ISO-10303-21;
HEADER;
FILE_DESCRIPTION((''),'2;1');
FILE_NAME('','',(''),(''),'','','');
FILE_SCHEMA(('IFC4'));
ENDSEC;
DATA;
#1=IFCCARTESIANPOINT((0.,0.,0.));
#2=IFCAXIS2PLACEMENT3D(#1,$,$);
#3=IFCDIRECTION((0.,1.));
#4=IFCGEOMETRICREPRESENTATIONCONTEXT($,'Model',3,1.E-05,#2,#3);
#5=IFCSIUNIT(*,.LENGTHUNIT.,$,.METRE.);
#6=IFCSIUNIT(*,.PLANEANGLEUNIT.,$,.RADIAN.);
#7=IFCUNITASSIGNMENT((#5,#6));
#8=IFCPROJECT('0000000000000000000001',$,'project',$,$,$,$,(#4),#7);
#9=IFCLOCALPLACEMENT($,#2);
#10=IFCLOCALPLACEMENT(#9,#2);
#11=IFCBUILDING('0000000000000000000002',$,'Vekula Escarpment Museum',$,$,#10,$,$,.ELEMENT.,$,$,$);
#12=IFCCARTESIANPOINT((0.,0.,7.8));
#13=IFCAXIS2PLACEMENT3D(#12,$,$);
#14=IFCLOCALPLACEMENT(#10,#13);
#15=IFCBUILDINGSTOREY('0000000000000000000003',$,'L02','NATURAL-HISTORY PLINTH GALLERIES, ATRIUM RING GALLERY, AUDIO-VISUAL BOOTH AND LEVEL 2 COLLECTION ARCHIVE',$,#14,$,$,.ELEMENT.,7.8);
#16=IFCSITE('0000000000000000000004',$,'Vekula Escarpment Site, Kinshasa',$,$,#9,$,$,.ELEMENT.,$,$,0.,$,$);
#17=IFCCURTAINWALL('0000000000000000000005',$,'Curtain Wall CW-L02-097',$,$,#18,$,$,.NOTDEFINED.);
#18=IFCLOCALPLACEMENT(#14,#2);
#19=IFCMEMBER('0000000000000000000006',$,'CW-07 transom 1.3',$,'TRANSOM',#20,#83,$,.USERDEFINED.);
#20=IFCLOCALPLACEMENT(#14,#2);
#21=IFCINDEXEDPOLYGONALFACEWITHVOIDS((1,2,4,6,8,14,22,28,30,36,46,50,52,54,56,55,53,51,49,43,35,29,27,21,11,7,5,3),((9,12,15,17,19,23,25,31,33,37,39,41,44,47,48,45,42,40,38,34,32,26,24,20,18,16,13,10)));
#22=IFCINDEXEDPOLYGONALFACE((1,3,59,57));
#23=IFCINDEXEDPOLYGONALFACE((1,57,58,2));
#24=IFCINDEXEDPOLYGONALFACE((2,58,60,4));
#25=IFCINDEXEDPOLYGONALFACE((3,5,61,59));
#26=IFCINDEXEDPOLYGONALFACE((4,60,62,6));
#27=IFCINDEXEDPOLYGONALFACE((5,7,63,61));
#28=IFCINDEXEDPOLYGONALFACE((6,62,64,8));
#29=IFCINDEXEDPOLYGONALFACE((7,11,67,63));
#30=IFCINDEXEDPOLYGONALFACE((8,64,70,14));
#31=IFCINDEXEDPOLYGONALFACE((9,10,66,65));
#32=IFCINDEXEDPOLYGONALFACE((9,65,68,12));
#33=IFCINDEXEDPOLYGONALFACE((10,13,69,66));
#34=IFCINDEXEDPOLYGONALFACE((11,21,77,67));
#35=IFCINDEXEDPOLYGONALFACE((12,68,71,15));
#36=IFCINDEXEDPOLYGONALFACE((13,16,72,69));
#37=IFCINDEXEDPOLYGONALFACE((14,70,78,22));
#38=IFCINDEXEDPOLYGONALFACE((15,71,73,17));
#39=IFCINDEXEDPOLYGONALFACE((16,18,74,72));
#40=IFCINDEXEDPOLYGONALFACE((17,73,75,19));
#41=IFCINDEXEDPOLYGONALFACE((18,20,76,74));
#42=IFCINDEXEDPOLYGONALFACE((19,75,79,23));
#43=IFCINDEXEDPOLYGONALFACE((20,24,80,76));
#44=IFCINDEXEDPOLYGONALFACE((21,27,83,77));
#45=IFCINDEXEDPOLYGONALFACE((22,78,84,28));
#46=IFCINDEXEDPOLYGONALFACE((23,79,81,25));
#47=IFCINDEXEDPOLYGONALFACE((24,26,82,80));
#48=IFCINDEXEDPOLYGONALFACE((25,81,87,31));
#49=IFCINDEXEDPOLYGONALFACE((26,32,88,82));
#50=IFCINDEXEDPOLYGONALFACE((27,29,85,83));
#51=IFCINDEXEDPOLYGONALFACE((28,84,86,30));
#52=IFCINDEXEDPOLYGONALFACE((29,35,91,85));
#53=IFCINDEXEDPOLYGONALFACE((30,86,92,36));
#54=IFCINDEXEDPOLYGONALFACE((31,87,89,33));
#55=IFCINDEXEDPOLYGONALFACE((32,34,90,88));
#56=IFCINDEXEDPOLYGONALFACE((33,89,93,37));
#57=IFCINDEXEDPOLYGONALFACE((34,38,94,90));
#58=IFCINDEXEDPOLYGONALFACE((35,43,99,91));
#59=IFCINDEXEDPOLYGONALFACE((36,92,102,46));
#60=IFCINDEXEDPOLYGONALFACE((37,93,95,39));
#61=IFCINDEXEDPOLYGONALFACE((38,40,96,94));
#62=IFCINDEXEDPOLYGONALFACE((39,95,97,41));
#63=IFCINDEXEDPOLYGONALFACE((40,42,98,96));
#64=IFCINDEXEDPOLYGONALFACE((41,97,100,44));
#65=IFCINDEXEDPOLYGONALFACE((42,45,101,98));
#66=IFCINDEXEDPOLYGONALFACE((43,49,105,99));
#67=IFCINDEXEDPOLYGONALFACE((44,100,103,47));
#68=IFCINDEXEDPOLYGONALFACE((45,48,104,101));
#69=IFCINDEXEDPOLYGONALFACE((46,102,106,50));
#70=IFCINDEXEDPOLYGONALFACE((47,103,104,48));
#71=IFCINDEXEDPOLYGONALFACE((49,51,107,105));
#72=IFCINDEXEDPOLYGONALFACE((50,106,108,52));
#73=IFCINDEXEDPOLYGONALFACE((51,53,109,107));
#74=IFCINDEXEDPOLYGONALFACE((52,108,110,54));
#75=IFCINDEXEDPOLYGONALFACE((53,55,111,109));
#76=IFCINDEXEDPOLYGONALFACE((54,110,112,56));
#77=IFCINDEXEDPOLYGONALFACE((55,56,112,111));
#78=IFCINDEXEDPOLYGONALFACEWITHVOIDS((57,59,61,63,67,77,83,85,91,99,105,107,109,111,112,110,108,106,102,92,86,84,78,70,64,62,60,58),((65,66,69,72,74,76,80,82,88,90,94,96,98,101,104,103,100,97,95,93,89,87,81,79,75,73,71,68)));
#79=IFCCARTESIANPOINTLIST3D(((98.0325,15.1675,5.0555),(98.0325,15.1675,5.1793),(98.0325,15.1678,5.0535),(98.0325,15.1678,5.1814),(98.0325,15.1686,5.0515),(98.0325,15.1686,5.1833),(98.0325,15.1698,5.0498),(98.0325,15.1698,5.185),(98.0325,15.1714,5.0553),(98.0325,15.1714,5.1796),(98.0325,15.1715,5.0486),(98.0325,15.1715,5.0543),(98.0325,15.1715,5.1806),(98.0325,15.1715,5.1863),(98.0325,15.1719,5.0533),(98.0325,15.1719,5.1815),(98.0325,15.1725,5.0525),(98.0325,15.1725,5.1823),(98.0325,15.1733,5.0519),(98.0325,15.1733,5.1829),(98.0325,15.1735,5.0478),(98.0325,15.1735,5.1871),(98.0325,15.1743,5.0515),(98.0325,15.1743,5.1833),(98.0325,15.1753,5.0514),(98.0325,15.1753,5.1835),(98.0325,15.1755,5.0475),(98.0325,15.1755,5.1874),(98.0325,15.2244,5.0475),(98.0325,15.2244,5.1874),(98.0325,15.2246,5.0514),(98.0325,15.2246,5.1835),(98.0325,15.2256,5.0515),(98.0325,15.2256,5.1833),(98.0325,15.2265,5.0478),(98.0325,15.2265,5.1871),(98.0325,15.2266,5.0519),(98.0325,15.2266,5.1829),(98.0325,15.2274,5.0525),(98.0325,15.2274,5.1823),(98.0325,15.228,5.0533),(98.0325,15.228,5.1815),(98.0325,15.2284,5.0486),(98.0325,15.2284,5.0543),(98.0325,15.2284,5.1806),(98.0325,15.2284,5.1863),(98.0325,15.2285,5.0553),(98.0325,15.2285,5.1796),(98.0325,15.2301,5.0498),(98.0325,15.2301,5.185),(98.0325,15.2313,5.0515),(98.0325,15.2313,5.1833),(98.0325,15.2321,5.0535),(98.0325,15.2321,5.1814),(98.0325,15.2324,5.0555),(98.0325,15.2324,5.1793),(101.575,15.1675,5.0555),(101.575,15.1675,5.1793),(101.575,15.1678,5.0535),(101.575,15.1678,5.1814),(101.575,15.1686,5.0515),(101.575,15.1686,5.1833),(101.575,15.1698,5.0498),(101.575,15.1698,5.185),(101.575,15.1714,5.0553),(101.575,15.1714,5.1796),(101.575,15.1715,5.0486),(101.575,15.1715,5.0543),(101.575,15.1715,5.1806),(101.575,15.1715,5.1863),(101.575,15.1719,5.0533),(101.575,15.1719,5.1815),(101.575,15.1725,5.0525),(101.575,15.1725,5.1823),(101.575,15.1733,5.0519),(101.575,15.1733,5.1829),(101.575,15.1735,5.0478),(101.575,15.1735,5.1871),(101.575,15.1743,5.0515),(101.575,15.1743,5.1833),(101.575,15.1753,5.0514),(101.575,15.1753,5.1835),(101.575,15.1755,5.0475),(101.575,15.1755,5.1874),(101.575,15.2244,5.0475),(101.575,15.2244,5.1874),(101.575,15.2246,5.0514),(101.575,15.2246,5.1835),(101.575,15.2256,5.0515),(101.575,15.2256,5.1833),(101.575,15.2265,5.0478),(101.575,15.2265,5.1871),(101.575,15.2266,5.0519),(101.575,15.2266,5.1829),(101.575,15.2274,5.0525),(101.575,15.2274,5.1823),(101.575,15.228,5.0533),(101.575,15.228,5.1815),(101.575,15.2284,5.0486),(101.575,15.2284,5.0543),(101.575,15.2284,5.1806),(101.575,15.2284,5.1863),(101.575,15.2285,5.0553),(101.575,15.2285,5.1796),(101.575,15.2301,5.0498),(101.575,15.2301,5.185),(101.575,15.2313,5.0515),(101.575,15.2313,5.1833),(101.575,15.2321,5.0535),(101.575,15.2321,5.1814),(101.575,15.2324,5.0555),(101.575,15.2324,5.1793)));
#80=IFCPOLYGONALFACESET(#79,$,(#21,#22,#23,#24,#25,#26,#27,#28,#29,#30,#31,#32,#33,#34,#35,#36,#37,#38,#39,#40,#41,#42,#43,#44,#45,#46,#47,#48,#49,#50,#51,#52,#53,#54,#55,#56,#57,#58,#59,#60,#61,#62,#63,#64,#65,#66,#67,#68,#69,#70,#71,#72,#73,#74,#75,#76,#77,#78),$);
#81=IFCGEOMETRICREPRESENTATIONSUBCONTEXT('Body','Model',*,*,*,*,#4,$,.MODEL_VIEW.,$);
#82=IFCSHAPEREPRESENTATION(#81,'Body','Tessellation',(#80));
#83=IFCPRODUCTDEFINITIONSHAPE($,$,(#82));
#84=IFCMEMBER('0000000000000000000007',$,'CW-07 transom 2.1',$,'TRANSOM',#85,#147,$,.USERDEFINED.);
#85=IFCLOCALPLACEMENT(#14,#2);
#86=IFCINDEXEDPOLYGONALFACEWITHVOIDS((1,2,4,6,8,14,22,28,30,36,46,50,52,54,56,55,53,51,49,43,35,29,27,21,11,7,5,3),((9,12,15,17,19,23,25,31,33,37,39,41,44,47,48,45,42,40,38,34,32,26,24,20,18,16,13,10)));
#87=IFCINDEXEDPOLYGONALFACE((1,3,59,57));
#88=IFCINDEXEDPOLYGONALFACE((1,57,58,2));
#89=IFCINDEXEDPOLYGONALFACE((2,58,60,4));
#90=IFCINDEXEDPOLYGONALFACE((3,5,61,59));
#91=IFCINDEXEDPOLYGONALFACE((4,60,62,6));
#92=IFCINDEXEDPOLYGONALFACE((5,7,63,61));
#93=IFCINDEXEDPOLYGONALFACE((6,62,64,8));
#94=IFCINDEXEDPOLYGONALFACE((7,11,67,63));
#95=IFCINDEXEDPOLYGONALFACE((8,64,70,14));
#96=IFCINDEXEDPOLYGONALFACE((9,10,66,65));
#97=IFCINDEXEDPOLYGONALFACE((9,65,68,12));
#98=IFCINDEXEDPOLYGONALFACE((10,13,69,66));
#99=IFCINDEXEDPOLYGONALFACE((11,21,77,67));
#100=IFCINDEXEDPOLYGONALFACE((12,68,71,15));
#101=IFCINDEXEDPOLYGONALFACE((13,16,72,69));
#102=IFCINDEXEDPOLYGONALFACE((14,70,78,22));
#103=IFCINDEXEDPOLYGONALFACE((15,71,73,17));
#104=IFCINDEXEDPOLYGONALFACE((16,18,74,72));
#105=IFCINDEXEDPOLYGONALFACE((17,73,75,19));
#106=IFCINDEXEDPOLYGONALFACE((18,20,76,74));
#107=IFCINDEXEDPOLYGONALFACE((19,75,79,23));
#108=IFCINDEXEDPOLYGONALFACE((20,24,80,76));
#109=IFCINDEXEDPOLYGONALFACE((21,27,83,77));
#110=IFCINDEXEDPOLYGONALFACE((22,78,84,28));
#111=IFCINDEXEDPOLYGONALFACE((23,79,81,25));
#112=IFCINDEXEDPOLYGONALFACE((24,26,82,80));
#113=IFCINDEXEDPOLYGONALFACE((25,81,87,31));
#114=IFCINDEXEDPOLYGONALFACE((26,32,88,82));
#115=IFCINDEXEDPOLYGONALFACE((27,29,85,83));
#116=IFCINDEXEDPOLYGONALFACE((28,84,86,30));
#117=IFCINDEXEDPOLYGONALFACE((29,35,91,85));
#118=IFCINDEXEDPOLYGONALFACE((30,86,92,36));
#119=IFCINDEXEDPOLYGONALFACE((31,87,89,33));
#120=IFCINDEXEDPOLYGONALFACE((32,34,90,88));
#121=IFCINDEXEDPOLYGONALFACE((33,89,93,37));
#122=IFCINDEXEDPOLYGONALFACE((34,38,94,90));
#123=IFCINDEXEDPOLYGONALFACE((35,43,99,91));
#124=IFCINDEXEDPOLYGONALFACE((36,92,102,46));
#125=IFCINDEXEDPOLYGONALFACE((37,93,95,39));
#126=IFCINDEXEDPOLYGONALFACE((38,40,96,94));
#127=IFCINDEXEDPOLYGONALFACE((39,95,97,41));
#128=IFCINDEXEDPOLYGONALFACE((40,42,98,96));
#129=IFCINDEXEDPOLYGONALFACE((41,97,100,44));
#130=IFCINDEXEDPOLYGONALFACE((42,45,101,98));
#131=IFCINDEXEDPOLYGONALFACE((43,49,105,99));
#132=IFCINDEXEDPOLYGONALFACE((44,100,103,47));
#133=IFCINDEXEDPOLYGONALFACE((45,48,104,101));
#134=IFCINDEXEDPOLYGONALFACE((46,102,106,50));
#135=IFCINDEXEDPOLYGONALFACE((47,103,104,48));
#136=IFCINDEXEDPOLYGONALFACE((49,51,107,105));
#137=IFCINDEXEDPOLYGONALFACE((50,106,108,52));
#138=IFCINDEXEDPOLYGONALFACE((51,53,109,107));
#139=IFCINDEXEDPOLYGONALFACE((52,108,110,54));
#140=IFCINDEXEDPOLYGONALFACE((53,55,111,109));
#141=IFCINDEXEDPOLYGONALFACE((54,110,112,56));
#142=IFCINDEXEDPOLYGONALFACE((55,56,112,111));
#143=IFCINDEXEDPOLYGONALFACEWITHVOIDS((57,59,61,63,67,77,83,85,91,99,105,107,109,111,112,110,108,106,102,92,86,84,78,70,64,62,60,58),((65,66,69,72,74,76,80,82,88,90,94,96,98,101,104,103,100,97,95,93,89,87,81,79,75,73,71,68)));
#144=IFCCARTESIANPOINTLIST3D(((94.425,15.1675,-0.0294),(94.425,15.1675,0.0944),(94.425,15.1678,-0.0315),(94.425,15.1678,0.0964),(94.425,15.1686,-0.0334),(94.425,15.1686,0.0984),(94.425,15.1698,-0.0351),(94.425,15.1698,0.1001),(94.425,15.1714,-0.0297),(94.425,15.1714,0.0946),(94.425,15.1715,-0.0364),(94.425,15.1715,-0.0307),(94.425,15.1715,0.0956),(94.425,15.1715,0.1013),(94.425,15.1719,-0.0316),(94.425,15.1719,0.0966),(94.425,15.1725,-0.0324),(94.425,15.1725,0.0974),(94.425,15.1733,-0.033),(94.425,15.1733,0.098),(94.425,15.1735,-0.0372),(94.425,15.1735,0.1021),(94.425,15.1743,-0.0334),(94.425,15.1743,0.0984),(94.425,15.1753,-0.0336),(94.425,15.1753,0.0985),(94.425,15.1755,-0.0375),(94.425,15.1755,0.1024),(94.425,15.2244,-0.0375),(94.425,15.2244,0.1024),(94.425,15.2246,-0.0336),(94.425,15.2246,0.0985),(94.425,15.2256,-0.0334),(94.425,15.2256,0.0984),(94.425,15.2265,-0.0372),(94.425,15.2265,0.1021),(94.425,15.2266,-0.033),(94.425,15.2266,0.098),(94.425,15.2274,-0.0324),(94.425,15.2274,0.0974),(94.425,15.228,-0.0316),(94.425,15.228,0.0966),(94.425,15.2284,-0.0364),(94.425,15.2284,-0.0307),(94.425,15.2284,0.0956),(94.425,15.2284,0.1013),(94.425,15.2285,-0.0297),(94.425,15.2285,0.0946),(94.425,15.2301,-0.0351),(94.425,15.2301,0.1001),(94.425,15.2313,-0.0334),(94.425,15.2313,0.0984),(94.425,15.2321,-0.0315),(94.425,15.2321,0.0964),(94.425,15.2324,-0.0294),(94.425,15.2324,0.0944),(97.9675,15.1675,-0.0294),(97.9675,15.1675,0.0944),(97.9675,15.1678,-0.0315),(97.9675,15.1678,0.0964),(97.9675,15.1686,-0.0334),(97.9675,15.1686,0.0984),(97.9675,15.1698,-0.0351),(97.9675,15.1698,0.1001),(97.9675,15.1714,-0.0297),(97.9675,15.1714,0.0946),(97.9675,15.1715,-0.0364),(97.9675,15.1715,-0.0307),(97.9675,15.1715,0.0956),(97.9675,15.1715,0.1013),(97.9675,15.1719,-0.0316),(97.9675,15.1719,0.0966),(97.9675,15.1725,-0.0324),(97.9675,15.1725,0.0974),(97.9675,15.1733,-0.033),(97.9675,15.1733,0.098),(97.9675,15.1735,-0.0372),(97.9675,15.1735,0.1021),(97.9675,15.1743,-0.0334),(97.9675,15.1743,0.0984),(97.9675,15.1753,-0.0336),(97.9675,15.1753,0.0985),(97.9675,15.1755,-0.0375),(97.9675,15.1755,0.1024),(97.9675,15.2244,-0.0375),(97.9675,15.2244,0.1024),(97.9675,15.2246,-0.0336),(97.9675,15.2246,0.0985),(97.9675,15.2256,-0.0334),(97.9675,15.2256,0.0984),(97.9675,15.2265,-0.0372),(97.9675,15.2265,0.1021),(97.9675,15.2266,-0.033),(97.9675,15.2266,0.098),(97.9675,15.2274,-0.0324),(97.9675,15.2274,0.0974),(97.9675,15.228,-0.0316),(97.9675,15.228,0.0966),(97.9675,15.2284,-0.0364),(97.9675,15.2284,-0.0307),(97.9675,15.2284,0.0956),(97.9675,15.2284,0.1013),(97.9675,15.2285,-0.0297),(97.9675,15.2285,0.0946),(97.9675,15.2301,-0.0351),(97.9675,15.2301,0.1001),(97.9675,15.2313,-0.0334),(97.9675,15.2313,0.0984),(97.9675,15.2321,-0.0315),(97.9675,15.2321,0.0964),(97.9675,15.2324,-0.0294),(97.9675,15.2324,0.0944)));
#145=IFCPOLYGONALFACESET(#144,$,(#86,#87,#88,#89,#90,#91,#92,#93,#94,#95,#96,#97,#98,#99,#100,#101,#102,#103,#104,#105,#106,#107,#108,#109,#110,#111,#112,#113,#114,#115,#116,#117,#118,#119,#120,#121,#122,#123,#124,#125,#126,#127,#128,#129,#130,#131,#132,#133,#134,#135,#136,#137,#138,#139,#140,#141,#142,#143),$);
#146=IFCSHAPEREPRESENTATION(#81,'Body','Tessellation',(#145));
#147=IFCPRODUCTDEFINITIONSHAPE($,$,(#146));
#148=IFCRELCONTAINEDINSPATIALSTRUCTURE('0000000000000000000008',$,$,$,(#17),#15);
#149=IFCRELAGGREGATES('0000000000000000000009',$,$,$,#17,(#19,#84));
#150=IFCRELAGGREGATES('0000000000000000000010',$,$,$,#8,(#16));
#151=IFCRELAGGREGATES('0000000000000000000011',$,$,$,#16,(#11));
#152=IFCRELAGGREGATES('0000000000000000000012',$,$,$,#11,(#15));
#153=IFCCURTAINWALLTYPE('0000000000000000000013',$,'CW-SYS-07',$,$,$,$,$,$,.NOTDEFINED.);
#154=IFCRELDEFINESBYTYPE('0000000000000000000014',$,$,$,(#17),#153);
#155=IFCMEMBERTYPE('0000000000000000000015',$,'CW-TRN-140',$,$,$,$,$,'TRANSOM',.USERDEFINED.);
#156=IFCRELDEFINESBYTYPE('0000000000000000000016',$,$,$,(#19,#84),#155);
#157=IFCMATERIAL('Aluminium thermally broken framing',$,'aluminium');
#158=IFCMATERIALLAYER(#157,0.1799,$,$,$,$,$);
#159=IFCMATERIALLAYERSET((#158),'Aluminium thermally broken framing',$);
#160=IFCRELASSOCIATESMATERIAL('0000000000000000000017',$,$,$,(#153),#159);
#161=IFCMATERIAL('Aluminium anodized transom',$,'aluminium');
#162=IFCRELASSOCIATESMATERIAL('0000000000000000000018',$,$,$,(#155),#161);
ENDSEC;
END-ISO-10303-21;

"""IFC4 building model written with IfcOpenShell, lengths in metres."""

from ifc_helpers import new_model, si_unit, direction, frame, origin, origin_2d, place, context, subcontext, project, spatial, hollow_rectangle, extrude, material, layer, layer_set, material_profile, profile_set, type_object, element, aggregate, save


model = new_model("IFC4")

# Units and contexts
model_context = context("Model", 3, precision=1e-05, world=origin(), true_north=direction((0.0, 1.0)))
body_context = subcontext(model_context, "Body", "Model", "MODEL_VIEW")
ifc_project = project(units=[si_unit("LENGTHUNIT", "METRE"), si_unit("PLANEANGLEUNIT", "RADIAN")], contexts=[model_context])

# Site, building, storey
site_placement = place(None, origin())
site = spatial("IfcSite", under=ifc_project, at=site_placement, Name="Vekula Escarpment Site, Kinshasa", CompositionType="ELEMENT", RefElevation=0.0)
building_placement = place(site_placement, origin())
building = spatial("IfcBuilding", under=site, at=building_placement, Name="Vekula Escarpment Museum", CompositionType="ELEMENT")
storey_placement = place(building_placement, frame((0.0, 0.0, 7.8)))
storey = spatial("IfcBuildingStorey", under=building, at=storey_placement, Name="L02", Description="NATURAL-HISTORY PLINTH GALLERIES, ATRIUM RING GALLERY, AUDIO-VISUAL BOOTH AND LEVEL 2 COLLECTION ARCHIVE", CompositionType="ELEMENT", Elevation=7.8)

# Curtain wall
ifc_material_1 = material(Name="Aluminium thermally broken framing", Category="aluminium")
ifc_layer_1 = layer(ifc_material_1, 0.1799)
ifc_layer_set_1 = layer_set([ifc_layer_1], Name="Aluminium thermally broken framing")
curtain_wall_type_1 = type_object("IfcCurtainWallType", Name="CW-SYS-07", PredefinedType="NOTDEFINED", material=ifc_layer_set_1)
curtain_wall_1_placement = place(storey_placement, origin())
curtain_wall_1 = element("IfcCurtainWall", 1, at=curtain_wall_1_placement, inside=storey, type_object=curtain_wall_type_1, Name="Curtain Wall CW-L02-097", PredefinedType="NOTDEFINED")

# Members
ifc_material_2 = material(Name="Aluminium anodized transom", Category="aluminium")
ifc_material_profile_1 = material_profile(ifc_material_2, hollow_rectangle(XDim=0.0649, YDim=0.1399, WallThickness=0.0039, InnerFilletRadius=0.0039, OuterFilletRadius=0.0081, at=origin_2d()), Name="ALU 140x65x4")
ifc_profile_set_1 = profile_set([ifc_material_profile_1], Name="Aluminium anodized transom")
member_type_1 = type_object("IfcMemberType", Name="CW-TRN-140", ElementType="TRANSOM", PredefinedType="USERDEFINED", material=ifc_profile_set_1)
member_1_placement = place(storey_placement, frame((101.575, 15.2, 5.1174), z_axis=(-1.0, 0.0, 0.0), x_axis=(0.0, -1.0, 0.0)))
member_1 = element("IfcMember", 2, at=member_1_placement, type_object=member_type_1, Name="CW-07 transom 1.3", ObjectType="TRANSOM", PredefinedType="USERDEFINED", context=body_context, shape_type="SweptSolid", body=[
    extrude(hollow_rectangle(XDim=0.0649, YDim=0.1399, WallThickness=0.0039, InnerFilletRadius=0.0039, OuterFilletRadius=0.0081, at=origin_2d()), origin(), (0.0, 0.0, 1.0), 3.5425),
])
member_2_placement = place(storey_placement, frame((97.9675, 15.2, 0.0325), z_axis=(-1.0, 0.0, 0.0), x_axis=(0.0, -1.0, 0.0)))
member_2 = element("IfcMember", 3, at=member_2_placement, type_object=member_type_1, Name="CW-07 transom 2.1", ObjectType="TRANSOM", PredefinedType="USERDEFINED", context=body_context, shape_type="SweptSolid", body=[
    extrude(hollow_rectangle(XDim=0.0649, YDim=0.1399, WallThickness=0.0039, InnerFilletRadius=0.0039, OuterFilletRadius=0.0081, at=origin_2d()), origin(), (0.0, 0.0, 1.0), 3.5425),
])

aggregate(curtain_wall_1, [member_1, member_2])

save(model, "model.ifc")
